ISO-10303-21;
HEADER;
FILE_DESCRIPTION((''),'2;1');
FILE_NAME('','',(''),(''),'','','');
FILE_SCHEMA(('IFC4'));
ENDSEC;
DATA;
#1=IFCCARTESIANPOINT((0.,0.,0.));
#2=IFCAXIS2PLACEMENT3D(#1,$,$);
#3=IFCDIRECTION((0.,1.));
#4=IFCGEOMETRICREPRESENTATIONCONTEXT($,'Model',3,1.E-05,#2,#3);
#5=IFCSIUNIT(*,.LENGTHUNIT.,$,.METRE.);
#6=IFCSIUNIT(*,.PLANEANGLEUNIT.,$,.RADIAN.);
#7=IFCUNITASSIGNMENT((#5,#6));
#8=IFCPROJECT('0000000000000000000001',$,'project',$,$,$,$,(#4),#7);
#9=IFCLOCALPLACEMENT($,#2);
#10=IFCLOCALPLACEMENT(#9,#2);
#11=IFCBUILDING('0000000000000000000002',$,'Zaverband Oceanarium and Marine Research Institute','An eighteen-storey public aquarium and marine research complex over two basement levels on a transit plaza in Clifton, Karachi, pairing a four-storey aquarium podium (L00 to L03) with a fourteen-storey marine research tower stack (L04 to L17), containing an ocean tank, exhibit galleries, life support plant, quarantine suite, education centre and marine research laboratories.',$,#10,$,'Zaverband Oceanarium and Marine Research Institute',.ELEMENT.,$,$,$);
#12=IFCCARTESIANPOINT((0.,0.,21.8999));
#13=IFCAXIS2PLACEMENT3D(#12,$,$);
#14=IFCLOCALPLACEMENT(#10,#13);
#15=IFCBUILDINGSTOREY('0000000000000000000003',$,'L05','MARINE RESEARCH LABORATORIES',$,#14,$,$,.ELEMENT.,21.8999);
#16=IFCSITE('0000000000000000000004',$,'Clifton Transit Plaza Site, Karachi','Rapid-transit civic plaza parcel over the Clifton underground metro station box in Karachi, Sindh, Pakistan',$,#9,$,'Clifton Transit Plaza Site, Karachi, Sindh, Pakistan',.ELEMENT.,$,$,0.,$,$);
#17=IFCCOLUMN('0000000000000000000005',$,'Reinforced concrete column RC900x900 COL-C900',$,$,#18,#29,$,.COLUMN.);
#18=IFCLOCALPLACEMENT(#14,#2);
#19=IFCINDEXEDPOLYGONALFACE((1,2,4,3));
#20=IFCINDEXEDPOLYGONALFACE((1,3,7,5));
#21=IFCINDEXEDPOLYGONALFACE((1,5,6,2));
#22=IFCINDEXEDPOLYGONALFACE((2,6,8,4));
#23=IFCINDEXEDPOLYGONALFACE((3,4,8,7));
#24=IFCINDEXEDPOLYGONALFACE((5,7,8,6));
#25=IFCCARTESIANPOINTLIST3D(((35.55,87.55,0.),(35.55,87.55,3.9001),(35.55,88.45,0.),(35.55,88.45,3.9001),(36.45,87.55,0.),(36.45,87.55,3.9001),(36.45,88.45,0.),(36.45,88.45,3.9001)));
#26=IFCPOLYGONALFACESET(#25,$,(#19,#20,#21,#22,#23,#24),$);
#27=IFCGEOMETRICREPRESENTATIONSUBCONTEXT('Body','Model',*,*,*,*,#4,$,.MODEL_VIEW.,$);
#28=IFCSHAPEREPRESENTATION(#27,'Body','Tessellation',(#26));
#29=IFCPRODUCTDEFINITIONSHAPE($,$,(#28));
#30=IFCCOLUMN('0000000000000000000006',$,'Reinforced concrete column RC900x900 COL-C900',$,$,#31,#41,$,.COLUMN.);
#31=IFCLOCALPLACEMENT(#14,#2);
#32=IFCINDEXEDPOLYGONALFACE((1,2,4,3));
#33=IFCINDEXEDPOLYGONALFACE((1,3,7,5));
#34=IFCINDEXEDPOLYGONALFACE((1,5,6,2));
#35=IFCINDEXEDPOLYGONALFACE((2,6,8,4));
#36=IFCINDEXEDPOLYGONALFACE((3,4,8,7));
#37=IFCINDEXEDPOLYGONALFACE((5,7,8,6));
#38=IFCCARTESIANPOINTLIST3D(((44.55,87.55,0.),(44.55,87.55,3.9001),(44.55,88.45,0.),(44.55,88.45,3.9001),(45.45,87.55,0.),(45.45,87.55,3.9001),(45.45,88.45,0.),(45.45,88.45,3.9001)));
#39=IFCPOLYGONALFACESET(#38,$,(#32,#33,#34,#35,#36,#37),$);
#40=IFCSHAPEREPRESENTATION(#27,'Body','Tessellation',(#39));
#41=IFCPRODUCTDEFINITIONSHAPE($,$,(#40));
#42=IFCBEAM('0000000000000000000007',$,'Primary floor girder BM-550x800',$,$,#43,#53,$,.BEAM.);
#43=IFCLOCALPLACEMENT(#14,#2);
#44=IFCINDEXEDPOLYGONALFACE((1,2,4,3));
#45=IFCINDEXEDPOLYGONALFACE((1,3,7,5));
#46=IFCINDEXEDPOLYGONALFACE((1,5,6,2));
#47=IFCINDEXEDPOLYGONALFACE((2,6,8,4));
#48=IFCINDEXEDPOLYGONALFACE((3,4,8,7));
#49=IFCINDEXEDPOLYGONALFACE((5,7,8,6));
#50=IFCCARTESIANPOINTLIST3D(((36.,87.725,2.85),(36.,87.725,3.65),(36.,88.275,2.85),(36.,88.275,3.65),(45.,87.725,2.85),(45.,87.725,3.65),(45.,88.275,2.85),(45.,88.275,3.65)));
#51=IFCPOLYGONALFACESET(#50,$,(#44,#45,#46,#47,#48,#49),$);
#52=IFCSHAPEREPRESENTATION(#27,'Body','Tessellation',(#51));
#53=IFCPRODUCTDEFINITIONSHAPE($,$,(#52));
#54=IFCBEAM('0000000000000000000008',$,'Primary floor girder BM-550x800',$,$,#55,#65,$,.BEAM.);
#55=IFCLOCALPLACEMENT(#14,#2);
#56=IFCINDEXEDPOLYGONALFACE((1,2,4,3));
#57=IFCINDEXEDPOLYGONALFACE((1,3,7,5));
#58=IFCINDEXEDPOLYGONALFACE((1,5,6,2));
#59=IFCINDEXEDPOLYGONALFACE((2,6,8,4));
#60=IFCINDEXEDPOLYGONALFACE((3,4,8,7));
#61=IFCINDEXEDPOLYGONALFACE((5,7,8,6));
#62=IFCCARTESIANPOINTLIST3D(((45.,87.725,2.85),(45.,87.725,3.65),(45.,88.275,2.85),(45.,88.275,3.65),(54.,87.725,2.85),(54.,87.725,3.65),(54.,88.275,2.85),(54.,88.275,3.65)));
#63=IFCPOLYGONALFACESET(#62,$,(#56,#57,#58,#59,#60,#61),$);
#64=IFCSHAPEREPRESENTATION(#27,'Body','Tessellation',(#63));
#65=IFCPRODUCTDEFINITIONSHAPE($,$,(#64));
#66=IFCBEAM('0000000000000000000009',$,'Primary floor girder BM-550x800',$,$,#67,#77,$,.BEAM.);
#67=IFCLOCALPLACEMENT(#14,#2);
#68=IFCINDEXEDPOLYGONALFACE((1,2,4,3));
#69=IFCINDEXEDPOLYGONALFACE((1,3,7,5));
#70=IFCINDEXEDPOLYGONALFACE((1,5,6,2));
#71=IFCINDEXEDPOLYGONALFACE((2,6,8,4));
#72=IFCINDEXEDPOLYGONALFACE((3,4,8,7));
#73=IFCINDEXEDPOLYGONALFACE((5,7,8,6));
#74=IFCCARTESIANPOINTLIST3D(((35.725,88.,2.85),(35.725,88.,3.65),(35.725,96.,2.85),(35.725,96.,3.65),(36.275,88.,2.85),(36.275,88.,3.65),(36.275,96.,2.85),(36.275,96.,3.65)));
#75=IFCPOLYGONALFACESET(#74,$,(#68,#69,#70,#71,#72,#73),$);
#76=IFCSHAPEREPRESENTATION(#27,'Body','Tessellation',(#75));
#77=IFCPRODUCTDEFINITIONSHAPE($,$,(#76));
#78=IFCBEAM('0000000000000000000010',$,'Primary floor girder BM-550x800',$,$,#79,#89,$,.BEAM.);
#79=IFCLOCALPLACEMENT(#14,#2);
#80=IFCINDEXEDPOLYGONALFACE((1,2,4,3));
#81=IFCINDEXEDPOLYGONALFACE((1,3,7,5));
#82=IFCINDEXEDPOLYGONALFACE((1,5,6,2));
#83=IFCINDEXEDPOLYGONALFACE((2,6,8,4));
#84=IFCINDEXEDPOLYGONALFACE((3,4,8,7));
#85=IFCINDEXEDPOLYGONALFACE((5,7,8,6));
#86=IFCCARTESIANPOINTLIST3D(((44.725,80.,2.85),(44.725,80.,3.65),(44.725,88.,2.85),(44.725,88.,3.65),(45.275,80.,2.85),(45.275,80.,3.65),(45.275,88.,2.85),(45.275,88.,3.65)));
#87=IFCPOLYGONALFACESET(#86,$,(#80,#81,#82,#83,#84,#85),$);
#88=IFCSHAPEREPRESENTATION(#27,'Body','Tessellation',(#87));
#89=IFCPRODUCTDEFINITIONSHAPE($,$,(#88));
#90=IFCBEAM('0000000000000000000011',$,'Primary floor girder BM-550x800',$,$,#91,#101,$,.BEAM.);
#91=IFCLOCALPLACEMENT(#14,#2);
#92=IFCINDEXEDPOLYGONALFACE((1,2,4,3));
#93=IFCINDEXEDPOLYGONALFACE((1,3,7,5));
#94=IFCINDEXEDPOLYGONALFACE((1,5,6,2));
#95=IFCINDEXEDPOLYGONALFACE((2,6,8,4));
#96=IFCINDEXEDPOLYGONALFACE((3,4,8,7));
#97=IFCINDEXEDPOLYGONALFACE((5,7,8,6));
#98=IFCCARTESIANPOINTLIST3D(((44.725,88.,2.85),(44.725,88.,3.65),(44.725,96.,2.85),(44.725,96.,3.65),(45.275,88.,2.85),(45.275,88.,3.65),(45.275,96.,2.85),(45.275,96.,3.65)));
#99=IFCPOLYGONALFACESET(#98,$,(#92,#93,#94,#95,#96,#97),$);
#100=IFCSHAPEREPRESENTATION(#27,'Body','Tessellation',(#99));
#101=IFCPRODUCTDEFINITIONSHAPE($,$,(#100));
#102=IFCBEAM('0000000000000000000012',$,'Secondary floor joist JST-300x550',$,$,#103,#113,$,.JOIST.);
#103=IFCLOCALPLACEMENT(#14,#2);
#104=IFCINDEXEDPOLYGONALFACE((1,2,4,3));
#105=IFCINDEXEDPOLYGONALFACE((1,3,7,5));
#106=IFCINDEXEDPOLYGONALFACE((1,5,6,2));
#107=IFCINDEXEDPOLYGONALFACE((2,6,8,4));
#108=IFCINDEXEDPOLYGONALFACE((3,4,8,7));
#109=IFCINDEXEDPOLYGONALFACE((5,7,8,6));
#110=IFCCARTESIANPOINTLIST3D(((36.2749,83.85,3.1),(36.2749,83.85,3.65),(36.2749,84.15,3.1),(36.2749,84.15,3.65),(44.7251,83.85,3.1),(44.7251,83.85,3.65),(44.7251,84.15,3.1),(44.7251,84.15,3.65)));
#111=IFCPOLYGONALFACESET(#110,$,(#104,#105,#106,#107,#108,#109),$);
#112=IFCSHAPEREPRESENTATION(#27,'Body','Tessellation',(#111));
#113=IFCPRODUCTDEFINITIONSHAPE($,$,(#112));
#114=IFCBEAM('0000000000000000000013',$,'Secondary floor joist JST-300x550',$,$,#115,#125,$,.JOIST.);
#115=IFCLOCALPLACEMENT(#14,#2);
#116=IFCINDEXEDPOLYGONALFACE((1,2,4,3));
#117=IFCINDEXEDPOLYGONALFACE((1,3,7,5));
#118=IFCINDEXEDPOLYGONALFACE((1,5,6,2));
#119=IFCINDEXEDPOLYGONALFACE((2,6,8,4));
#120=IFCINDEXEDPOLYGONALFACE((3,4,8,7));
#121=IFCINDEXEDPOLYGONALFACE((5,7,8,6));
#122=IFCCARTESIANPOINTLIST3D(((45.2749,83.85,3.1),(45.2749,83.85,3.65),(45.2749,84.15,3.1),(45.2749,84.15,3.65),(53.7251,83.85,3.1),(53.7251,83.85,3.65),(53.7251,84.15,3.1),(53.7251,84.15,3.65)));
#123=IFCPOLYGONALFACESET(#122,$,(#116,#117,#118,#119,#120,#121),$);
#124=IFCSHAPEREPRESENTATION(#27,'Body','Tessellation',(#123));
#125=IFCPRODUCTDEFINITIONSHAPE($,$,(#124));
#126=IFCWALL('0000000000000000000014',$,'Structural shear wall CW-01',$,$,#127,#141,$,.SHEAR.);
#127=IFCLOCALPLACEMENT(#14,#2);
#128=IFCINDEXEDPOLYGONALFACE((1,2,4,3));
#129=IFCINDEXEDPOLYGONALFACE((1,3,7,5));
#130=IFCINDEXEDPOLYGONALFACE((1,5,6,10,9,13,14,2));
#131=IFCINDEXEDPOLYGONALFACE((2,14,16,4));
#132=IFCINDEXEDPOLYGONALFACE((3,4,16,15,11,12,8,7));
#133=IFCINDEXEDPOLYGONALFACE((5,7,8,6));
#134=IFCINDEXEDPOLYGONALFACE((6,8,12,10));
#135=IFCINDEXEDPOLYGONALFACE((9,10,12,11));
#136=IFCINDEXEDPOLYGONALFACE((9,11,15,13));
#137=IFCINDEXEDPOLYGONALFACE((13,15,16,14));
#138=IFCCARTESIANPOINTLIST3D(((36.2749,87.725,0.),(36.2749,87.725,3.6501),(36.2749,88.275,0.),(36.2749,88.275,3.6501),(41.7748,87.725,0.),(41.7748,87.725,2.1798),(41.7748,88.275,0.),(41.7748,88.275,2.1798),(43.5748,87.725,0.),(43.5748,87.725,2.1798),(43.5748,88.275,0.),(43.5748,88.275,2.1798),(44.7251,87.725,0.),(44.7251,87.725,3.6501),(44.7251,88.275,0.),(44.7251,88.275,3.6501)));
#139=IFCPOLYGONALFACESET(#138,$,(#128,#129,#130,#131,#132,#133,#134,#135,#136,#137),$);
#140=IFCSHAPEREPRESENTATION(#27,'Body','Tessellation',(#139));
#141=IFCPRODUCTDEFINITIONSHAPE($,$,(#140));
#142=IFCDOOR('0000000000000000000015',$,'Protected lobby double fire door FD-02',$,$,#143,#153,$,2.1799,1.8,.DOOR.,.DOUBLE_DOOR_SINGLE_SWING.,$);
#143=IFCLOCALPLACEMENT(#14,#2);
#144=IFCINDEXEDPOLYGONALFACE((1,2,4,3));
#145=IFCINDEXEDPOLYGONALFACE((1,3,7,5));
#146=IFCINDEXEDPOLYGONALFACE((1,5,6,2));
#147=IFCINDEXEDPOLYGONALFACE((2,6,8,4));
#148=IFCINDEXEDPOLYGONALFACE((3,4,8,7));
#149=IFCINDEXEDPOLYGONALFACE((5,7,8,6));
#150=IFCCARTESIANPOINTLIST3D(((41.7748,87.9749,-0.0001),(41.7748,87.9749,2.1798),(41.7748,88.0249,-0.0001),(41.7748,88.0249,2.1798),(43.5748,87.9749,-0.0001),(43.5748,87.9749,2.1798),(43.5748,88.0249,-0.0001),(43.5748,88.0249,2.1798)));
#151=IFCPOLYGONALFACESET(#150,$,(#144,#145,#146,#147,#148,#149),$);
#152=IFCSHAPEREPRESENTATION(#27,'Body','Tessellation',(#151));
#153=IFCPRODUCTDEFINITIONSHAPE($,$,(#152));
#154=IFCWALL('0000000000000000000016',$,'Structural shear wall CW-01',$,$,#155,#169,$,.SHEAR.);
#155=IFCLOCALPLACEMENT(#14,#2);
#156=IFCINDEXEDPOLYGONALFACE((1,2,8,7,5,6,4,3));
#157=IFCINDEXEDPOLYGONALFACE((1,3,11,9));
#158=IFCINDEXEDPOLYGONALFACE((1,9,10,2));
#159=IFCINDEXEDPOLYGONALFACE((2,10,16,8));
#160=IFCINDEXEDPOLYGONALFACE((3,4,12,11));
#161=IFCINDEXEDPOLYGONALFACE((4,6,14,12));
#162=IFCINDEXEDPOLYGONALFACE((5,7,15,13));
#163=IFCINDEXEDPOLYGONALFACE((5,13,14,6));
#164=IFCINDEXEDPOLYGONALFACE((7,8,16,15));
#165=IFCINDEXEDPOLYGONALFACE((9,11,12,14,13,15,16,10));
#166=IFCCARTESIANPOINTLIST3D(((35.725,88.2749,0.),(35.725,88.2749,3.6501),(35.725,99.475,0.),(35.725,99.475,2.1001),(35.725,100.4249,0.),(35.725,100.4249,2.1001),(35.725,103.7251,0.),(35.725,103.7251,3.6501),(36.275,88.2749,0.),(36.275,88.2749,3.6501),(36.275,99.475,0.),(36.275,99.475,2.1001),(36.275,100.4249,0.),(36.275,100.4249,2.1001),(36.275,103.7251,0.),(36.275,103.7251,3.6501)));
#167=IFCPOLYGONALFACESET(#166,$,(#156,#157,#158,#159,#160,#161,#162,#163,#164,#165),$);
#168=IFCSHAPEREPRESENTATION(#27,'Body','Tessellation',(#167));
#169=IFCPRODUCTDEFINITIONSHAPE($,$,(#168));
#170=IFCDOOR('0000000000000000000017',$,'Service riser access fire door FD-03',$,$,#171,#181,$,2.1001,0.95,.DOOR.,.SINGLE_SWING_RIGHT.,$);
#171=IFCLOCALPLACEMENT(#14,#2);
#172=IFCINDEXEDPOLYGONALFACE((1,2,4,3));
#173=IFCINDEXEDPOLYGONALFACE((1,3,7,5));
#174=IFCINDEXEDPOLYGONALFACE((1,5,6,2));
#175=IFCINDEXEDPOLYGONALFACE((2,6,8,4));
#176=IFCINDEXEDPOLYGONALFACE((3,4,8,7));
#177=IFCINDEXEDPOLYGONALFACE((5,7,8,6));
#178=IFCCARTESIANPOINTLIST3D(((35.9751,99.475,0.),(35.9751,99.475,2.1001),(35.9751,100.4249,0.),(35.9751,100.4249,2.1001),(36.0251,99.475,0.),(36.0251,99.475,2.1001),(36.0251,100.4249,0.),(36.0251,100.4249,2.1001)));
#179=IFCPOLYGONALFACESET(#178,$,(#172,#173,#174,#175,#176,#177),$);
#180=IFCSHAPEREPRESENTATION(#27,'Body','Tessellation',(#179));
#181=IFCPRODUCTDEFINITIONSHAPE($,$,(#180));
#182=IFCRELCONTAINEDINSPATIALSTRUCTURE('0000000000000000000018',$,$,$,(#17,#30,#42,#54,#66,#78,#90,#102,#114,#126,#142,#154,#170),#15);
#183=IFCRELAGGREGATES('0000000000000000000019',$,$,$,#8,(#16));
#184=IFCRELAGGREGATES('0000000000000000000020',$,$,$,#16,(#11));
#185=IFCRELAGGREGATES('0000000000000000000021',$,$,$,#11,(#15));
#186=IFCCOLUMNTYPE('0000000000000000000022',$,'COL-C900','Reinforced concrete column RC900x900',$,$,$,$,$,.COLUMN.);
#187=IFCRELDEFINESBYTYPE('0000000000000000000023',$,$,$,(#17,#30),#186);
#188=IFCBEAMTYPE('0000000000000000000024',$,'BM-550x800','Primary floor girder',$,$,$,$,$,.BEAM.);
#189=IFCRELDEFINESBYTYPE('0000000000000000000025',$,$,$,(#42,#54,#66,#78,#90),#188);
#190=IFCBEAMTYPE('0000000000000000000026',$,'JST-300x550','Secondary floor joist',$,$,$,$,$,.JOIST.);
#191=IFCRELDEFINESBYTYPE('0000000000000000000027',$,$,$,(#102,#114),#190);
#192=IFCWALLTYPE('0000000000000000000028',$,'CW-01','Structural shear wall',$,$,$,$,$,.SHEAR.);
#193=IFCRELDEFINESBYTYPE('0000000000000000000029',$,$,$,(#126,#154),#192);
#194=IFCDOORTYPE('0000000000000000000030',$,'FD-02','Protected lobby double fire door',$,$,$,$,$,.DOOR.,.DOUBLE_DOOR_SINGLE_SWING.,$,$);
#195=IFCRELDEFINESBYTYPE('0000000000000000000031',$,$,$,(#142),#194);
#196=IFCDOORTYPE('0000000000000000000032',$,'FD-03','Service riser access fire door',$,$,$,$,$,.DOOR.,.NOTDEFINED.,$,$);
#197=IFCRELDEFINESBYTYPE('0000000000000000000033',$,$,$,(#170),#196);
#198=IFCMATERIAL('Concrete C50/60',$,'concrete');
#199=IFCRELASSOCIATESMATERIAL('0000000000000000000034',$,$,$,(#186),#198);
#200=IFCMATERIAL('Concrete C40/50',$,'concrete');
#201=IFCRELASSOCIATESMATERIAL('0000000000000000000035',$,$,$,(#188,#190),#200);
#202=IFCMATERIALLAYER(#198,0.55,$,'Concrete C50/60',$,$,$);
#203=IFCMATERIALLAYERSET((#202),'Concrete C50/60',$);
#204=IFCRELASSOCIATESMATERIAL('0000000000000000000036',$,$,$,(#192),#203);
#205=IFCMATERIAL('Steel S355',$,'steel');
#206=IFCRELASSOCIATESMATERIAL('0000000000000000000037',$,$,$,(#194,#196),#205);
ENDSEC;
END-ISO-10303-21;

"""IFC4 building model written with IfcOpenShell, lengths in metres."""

from ifc_helpers import new_model, si_unit, direction, frame, frame_2d, origin, origin_2d, place, context, subcontext, project, spatial, rectangle, extrude, material, layer, layer_set, material_profile, profile_set, type_object, element, fill, save


model = new_model("IFC4")

# Units and contexts
model_context = context("Model", 3, precision=1e-05, world=origin(), true_north=direction((0.0, 1.0)))
body_context = subcontext(model_context, "Body", "Model", "MODEL_VIEW")
ifc_project = project(units=[si_unit("LENGTHUNIT", "METRE"), si_unit("PLANEANGLEUNIT", "RADIAN")], contexts=[model_context])

# Site, building, storey
site_placement = place(None, origin())
site = spatial("IfcSite", under=ifc_project, at=site_placement, Name="Clifton Transit Plaza Site, Karachi", Description="Rapid-transit civic plaza parcel over the Clifton underground metro station box in Karachi, Sindh, Pakistan", LongName="Clifton Transit Plaza Site, Karachi, Sindh, Pakistan", CompositionType="ELEMENT", RefElevation=0.0)
building_placement = place(site_placement, origin())
building = spatial("IfcBuilding", under=site, at=building_placement, Name="Zaverband Oceanarium and Marine Research Institute", Description="An eighteen-storey public aquarium and marine research complex over two basement levels on a transit plaza in Clifton, Karachi, pairing a four-storey aquarium podium (L00 to L03) with a fourteen-storey marine research tower stack (L04 to L17), containing an ocean tank, exhibit galleries, life support plant, quarantine suite, education centre and marine research laboratories.", LongName="Zaverband Oceanarium and Marine Research Institute", CompositionType="ELEMENT")
storey_placement = place(building_placement, frame((0.0, 0.0, 21.8999)))
storey = spatial("IfcBuildingStorey", under=building, at=storey_placement, Name="L05", Description="MARINE RESEARCH LABORATORIES", CompositionType="ELEMENT", Elevation=21.8999)

# Columns
ifc_material_1 = material(Name="Concrete C50/60", Category="concrete")
ifc_material_profile_1 = material_profile(ifc_material_1, rectangle(XDim=0.8999, YDim=0.8999, at=origin_2d()), Name="RC900x900")
ifc_profile_set_1 = profile_set([ifc_material_profile_1], Name="Concrete C50/60")
column_type = type_object("IfcColumnType", Name="COL-C900", Description="Reinforced concrete column RC900x900", PredefinedType="COLUMN", material=ifc_profile_set_1)
for number, where, z_axis, x_axis, name in (
    (1, (36.0, 88.0, 0.0), (0.0, 0.0, 1.0), (1.0, 0.0, 0.0), "Reinforced concrete column RC900x900 COL-C900"),
    (2, (45.0, 88.0, 0.0), (0.0, 0.0, 1.0), (1.0, 0.0, 0.0), "Reinforced concrete column RC900x900 COL-C900"),
):
    element("IfcColumn", number, at=place(storey_placement, frame(where, z_axis=z_axis, x_axis=x_axis)), inside=storey, type_object=column_type, Name=name, PredefinedType="COLUMN", context=body_context, shape_type="SweptSolid", body=[
        extrude(rectangle(XDim=0.8999, YDim=0.8999, at=origin_2d()), origin(), (0.0, 0.0, 1.0), 3.9001),
    ])

# Beams
ifc_material_2 = material(Name="Concrete C40/50", Category="concrete")
ifc_material_profile_2 = material_profile(ifc_material_2, rectangle(XDim=0.55, YDim=0.8, at=origin_2d()), Name="RC550x800")
ifc_profile_set_2 = profile_set([ifc_material_profile_2], Name="Concrete C40/50")
beam_type_1 = type_object("IfcBeamType", Name="BM-550x800", Description="Primary floor girder", PredefinedType="BEAM", material=ifc_profile_set_2)
for number, where, z_axis, x_axis, name in (
    (3, (36.0, 88.0, 3.25), (1.0, 0.0, 0.0), (0.0, 1.0, 0.0), "Primary floor girder BM-550x800"),
    (4, (45.0, 88.0, 3.25), (1.0, 0.0, 0.0), (0.0, 1.0, 0.0), "Primary floor girder BM-550x800"),
):
    element("IfcBeam", number, at=place(storey_placement, frame(where, z_axis=z_axis, x_axis=x_axis)), inside=storey, type_object=beam_type_1, Name=name, PredefinedType="BEAM", context=body_context, shape_type="SweptSolid", body=[
        extrude(rectangle(XDim=0.55, YDim=0.8, at=origin_2d()), origin(), (0.0, 0.0, 1.0), 9.0),
    ])
for number, where, z_axis, x_axis, name in (
    (5, (36.0, 88.0, 3.25), (0.0, 1.0, 0.0), (-1.0, 0.0, 0.0), "Primary floor girder BM-550x800"),
    (6, (45.0, 80.0, 3.25), (0.0, 1.0, 0.0), (-1.0, 0.0, 0.0), "Primary floor girder BM-550x800"),
    (7, (45.0, 88.0, 3.25), (0.0, 1.0, 0.0), (-1.0, 0.0, 0.0), "Primary floor girder BM-550x800"),
):
    element("IfcBeam", number, at=place(storey_placement, frame(where, z_axis=z_axis, x_axis=x_axis)), inside=storey, type_object=beam_type_1, Name=name, PredefinedType="BEAM", context=body_context, shape_type="SweptSolid", body=[
        extrude(rectangle(XDim=0.55, YDim=0.8, at=origin_2d()), origin(), (0.0, 0.0, 1.0), 8.0),
    ])
ifc_material_profile_3 = material_profile(ifc_material_2, rectangle(XDim=0.3, YDim=0.55, at=origin_2d()), Name="RC300x550")
ifc_profile_set_3 = profile_set([ifc_material_profile_3], Name="Concrete C40/50")
beam_type_2 = type_object("IfcBeamType", Name="JST-300x550", Description="Secondary floor joist", PredefinedType="JOIST", material=ifc_profile_set_3)
for number, where, z_axis, x_axis, name in (
    (8, (36.2749, 84.0, 3.375), (1.0, 0.0, 0.0), (0.0, 1.0, 0.0), "Secondary floor joist JST-300x550"),
    (9, (45.2749, 84.0, 3.375), (1.0, 0.0, 0.0), (0.0, 1.0, 0.0), "Secondary floor joist JST-300x550"),
):
    element("IfcBeam", number, at=place(storey_placement, frame(where, z_axis=z_axis, x_axis=x_axis)), inside=storey, type_object=beam_type_2, Name=name, PredefinedType="JOIST", context=body_context, shape_type="SweptSolid", body=[
        extrude(rectangle(XDim=0.3, YDim=0.55, at=origin_2d()), origin(), (0.0, 0.0, 1.0), 8.4502),
    ])

# Walls, openings, doors
ifc_layer_1 = layer(ifc_material_1, 0.55, Name="Concrete C50/60")
ifc_layer_set_1 = layer_set([ifc_layer_1], Name="Concrete C50/60")
wall_type_1 = type_object("IfcWallType", Name="CW-01", Description="Structural shear wall", PredefinedType="SHEAR", material=ifc_layer_set_1)
wall_1_placement = place(storey_placement, frame((36.2749, 88.0, 0.0), z_axis=(0.0, 0.0, 1.0), x_axis=(1.0, 0.0, 0.0)))
wall_1 = element("IfcWall", 10, at=wall_1_placement, inside=storey, type_object=wall_type_1, Name="Structural shear wall CW-01", PredefinedType="SHEAR", context=body_context, shape_type="SweptSolid", body=[
    extrude(rectangle(XDim=8.4502, YDim=0.55, at=frame_2d((4.2251, 0.0))), origin(), (0.0, 0.0, 1.0), 3.6501),
])
opening_1_placement = place(wall_1_placement, frame((5.5, 0.0, 0.0)))
opening_1 = element("IfcOpeningElement", 11, at=opening_1_placement, cuts=wall_1, PredefinedType="OPENING", context=body_context, shape_type="SweptSolid", body=[
    extrude(rectangle(XDim=1.8, YDim=2.1799, at=frame_2d((0.8999, 1.0898))), frame((0.0, 0.2871, 0.0), z_axis=(0.0, -1.0, 0.0), x_axis=(1.0, 0.0, 0.0)), (0.0, 0.0, 1.0), 0.574),
])
ifc_material_3 = material(Name="Steel S355", Category="steel")
door_type_1 = type_object("IfcDoorType", Name="FD-02", Description="Protected lobby double fire door", OperationType="DOUBLE_DOOR_SINGLE_SWING", PredefinedType="DOOR", material=ifc_material_3)
door_1_placement = place(opening_1_placement, origin())
door_1 = element("IfcDoor", 12, at=door_1_placement, inside=storey, type_object=door_type_1, Name="Protected lobby double fire door FD-02", OperationType="DOUBLE_DOOR_SINGLE_SWING", OverallHeight=2.1799, OverallWidth=1.8, PredefinedType="DOOR", context=body_context, shape_type="SweptSolid", body=[
    extrude(rectangle(XDim=1.8, YDim=2.1799, at=frame_2d((0.8999, 1.0898))), frame((0.0, 0.0249, 0.0), z_axis=(0.0, -1.0, 0.0), x_axis=(1.0, 0.0, 0.0)), (0.0, 0.0, 1.0), 0.05),
])
fill(opening_1, door_1)
wall_2_placement = place(storey_placement, frame((36.0, 88.2749, 0.0), z_axis=(0.0, 0.0, 1.0), x_axis=(0.0, 1.0, 0.0)))
wall_2 = element("IfcWall", 13, at=wall_2_placement, inside=storey, type_object=wall_type_1, Name="Structural shear wall CW-01", PredefinedType="SHEAR", context=body_context, shape_type="SweptSolid", body=[
    extrude(rectangle(XDim=15.4502, YDim=0.55, at=frame_2d((7.7251, 0.0))), origin(), (0.0, 0.0, 1.0), 3.6501),
])
opening_2_placement = place(wall_2_placement, frame((11.2, 0.0, 0.0)))
opening_2 = element("IfcOpeningElement", 14, at=opening_2_placement, cuts=wall_2, PredefinedType="OPENING", context=body_context, shape_type="SweptSolid", body=[
    extrude(rectangle(XDim=0.95, YDim=2.1001, at=frame_2d((0.4751, 1.05))), frame((0.0, 0.2871, 0.0), z_axis=(0.0, -1.0, 0.0), x_axis=(1.0, 0.0, 0.0)), (0.0, 0.0, 1.0), 0.574),
])
door_type_2 = type_object("IfcDoorType", Name="FD-03", Description="Service riser access fire door", OperationType="NOTDEFINED", PredefinedType="DOOR", material=ifc_material_3)
door_2_placement = place(opening_2_placement, origin())
door_2 = element("IfcDoor", 15, at=door_2_placement, inside=storey, type_object=door_type_2, Name="Service riser access fire door FD-03", OperationType="SINGLE_SWING_RIGHT", OverallHeight=2.1001, OverallWidth=0.95, PredefinedType="DOOR", context=body_context, shape_type="SweptSolid", body=[
    extrude(rectangle(XDim=0.95, YDim=2.1001, at=frame_2d((0.4751, 1.05))), frame((0.0, 0.0249, 0.0), z_axis=(0.0, -1.0, 0.0), x_axis=(1.0, 0.0, 0.0)), (0.0, 0.0, 1.0), 0.05),
])
fill(opening_2, door_2)

save(model, "model.ifc")
